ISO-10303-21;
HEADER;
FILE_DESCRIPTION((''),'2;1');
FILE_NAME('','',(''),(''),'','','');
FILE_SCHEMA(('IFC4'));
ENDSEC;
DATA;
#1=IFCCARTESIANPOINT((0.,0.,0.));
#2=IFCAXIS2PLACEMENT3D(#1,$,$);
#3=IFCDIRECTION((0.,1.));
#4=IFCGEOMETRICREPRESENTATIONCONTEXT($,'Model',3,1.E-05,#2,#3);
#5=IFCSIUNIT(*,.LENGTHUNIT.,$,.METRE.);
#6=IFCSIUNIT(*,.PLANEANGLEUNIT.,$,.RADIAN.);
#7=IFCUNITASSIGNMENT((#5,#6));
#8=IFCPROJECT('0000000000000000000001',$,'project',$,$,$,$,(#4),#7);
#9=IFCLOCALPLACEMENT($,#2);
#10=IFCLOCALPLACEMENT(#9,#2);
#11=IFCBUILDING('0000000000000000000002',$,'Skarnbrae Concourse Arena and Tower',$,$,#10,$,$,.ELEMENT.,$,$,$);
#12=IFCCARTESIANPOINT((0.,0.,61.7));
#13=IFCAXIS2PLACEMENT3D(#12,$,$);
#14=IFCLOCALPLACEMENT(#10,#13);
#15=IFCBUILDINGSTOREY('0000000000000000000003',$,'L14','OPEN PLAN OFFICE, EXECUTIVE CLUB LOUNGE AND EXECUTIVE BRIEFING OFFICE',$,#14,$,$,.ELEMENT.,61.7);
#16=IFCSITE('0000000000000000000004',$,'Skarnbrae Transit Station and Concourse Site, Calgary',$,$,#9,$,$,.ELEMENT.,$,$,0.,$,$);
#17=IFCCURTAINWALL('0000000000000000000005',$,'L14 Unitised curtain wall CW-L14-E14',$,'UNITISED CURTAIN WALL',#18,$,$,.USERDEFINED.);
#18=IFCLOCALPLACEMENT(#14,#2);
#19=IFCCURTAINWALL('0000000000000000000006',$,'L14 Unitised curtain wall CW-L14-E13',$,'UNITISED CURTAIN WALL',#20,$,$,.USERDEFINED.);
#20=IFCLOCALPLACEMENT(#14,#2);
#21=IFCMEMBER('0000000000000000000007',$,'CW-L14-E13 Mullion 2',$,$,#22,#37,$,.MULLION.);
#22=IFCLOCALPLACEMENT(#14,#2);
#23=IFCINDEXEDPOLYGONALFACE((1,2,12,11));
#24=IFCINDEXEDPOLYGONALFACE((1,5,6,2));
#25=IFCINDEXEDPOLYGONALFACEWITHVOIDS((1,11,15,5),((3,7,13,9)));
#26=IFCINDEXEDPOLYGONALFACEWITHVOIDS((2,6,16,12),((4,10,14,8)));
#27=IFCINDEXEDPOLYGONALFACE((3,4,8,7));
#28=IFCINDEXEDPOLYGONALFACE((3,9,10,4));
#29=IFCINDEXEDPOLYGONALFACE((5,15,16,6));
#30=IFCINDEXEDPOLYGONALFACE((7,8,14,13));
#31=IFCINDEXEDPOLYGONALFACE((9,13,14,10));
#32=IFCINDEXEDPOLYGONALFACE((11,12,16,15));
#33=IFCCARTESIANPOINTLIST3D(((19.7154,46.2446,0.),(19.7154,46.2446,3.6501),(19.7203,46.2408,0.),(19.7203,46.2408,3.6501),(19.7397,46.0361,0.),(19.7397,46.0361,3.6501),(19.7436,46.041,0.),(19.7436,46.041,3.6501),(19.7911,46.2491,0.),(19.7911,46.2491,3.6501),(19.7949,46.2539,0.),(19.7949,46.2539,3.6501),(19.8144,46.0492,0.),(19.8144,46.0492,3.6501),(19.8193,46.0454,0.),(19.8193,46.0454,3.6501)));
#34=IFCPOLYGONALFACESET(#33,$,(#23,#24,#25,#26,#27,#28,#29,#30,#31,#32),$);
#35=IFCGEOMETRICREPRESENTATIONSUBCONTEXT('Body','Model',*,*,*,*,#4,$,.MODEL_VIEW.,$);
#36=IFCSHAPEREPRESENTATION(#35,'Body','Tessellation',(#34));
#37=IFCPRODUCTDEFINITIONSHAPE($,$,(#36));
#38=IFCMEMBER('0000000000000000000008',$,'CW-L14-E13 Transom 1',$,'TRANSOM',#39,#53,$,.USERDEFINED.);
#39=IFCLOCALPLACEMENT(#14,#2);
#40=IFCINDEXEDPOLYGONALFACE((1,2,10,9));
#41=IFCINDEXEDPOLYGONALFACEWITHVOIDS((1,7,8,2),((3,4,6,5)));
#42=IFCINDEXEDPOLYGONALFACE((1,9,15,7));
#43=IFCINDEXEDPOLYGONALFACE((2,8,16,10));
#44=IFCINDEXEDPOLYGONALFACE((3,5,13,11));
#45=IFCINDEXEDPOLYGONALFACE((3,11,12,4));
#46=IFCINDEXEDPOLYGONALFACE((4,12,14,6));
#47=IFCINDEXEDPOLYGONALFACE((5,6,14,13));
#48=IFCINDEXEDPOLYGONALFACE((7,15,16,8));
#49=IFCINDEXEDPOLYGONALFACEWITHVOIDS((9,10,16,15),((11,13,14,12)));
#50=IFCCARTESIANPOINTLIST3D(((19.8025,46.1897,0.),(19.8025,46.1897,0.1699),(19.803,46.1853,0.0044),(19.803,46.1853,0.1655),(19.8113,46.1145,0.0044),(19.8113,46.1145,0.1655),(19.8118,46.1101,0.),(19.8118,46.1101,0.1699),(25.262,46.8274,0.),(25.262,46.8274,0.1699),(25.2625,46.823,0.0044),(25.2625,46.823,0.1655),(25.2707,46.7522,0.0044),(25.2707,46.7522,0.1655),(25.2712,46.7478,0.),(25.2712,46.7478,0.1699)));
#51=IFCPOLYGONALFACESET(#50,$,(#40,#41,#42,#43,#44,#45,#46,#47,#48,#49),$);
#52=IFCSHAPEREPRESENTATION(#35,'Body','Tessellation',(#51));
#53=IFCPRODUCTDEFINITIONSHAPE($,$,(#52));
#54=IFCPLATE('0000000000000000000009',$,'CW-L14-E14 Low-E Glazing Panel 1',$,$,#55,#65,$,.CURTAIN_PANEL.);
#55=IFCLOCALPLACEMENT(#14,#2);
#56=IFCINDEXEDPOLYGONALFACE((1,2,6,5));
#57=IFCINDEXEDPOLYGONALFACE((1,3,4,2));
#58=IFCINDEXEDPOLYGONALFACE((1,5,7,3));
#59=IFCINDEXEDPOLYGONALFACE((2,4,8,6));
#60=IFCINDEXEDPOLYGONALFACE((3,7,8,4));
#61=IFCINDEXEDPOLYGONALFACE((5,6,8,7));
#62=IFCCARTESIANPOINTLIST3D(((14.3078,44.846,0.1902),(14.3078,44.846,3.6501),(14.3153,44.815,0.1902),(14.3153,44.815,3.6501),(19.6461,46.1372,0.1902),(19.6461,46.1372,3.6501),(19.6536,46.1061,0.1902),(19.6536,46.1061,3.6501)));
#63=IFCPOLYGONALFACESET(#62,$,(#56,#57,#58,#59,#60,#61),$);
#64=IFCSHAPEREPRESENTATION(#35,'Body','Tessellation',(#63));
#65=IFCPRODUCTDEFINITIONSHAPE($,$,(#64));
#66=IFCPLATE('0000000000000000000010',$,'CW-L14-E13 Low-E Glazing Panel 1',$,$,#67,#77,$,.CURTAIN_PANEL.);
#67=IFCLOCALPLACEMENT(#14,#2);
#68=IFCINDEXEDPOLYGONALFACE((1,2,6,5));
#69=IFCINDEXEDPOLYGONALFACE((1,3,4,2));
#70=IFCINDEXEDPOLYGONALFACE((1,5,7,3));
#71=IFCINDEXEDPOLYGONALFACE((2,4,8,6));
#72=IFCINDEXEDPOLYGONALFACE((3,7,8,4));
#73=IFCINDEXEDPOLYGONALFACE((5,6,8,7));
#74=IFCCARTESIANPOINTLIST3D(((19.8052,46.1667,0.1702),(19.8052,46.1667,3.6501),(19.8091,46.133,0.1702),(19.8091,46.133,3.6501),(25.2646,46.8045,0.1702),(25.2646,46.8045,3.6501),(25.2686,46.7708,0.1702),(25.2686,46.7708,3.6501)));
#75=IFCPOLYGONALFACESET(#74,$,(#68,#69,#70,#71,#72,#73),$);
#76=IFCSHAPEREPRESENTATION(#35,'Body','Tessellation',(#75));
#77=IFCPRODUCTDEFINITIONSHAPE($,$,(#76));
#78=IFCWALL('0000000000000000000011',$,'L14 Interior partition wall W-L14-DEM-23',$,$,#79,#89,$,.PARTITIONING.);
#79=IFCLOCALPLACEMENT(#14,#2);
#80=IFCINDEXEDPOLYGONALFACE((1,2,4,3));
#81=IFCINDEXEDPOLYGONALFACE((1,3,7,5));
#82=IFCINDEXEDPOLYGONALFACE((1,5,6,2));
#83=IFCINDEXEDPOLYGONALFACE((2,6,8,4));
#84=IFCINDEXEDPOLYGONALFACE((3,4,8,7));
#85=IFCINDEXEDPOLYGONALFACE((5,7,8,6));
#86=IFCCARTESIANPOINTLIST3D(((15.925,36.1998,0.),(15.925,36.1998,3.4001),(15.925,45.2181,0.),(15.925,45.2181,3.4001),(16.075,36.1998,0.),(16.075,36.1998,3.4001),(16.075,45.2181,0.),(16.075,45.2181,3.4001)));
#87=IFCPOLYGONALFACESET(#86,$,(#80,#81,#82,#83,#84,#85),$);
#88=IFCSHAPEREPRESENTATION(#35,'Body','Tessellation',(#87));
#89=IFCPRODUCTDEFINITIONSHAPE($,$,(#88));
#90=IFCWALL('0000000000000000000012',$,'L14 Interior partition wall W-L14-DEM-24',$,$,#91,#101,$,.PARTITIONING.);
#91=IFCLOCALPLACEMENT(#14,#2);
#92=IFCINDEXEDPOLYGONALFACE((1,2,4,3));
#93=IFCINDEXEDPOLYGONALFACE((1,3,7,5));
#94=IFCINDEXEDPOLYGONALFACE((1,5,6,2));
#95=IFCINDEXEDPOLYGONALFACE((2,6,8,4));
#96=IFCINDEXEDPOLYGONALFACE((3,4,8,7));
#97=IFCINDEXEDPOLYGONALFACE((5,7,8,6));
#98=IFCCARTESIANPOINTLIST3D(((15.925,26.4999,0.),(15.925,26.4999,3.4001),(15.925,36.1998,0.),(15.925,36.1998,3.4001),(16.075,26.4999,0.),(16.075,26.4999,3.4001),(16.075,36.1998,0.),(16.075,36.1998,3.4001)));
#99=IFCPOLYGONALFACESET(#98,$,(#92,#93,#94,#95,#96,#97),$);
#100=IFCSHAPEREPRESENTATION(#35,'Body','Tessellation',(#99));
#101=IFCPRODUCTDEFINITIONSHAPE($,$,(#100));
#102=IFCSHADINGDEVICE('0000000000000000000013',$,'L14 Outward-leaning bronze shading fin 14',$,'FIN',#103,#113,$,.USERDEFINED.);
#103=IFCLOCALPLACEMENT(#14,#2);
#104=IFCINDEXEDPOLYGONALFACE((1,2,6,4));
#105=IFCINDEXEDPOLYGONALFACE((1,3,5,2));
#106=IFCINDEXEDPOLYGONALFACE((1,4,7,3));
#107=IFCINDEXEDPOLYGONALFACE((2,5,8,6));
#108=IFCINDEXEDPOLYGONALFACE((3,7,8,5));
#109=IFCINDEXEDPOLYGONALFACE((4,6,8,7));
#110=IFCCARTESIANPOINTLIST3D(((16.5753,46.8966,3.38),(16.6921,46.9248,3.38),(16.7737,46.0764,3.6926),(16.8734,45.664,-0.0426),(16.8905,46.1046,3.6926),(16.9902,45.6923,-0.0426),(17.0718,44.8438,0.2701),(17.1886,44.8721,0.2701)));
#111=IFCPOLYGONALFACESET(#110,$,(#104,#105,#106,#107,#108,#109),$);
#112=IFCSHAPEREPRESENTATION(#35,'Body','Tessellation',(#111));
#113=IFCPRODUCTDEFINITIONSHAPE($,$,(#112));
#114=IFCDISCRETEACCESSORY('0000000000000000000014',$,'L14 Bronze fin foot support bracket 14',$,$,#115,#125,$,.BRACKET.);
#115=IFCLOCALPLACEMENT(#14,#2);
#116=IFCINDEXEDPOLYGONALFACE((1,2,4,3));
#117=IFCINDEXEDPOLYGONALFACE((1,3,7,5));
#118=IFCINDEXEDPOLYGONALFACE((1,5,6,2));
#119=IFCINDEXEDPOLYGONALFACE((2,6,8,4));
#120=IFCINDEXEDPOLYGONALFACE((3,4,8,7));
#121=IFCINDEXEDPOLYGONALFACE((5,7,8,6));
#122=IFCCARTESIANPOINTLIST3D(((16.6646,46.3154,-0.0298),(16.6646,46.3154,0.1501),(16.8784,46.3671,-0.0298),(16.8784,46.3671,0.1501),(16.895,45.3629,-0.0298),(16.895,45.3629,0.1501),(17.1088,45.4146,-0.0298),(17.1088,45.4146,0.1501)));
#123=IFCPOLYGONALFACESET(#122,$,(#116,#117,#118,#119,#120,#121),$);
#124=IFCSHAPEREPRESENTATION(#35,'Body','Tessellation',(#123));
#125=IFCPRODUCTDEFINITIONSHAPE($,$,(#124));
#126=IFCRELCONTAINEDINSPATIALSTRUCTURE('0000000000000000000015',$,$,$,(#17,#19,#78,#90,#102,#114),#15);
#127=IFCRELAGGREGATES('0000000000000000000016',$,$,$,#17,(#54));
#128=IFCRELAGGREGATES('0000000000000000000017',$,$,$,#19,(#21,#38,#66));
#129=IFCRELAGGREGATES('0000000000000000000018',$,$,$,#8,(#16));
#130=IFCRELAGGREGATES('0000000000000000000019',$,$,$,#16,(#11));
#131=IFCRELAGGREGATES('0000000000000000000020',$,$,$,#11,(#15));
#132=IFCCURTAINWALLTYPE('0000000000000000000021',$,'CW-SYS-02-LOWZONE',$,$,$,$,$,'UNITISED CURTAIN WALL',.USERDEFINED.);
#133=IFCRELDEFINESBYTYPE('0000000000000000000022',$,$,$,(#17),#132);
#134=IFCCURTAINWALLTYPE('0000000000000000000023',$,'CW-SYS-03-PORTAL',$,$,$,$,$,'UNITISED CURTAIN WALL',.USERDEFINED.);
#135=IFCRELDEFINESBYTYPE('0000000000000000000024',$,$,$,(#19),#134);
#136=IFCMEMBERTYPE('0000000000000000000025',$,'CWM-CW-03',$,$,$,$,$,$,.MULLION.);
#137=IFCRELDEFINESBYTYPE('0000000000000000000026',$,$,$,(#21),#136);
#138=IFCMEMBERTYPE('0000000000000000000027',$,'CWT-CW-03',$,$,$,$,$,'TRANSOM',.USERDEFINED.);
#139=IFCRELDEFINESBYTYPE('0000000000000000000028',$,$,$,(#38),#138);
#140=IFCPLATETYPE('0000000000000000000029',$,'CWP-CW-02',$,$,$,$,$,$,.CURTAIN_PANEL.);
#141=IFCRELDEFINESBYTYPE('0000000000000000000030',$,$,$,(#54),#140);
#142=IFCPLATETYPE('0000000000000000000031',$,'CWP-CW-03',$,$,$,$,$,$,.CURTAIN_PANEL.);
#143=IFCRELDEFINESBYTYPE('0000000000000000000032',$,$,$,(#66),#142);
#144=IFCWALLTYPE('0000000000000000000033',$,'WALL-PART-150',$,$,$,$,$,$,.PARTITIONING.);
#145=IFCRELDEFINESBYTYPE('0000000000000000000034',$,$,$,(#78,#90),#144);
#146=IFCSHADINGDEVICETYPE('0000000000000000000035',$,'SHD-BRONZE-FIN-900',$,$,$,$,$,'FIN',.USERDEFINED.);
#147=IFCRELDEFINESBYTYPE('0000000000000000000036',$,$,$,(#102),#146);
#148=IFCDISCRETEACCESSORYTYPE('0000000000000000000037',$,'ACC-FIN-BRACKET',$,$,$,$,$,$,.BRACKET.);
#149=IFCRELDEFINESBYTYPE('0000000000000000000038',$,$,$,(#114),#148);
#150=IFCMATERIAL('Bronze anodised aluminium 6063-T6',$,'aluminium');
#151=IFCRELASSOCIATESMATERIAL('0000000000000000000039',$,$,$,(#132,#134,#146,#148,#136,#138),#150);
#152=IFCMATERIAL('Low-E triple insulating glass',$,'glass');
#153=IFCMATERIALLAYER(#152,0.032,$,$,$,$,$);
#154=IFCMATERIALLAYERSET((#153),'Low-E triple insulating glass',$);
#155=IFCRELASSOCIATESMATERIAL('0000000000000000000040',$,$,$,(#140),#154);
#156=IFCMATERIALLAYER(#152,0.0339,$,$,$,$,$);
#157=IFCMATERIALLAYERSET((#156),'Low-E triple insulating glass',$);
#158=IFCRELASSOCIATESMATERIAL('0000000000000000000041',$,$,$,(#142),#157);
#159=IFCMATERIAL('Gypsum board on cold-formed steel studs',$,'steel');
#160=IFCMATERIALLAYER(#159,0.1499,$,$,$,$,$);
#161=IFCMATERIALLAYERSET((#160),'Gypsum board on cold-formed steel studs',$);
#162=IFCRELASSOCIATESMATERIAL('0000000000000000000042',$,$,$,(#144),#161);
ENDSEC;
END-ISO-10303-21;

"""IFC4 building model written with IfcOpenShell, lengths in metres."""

from ifc_helpers import new_model, si_unit, direction, frame, frame_2d, origin, origin_2d, place, context, subcontext, project, spatial, rectangle, hollow_rectangle, extrude, source, transform, mapped, material, layer, layer_set, material_profile, profile_set, type_object, element, aggregate, save


model = new_model("IFC4")

# Units and contexts
model_context = context("Model", 3, precision=1e-05, world=origin(), true_north=direction((0.0, 1.0)))
body_context = subcontext(model_context, "Body", "Model", "MODEL_VIEW")
ifc_project = project(units=[si_unit("LENGTHUNIT", "METRE"), si_unit("PLANEANGLEUNIT", "RADIAN")], contexts=[model_context])

# Site, building, storey
site_placement = place(None, origin())
site = spatial("IfcSite", under=ifc_project, at=site_placement, Name="Skarnbrae Transit Station and Concourse Site, Calgary", CompositionType="ELEMENT", RefElevation=0.0)
building_placement = place(site_placement, origin())
building = spatial("IfcBuilding", under=site, at=building_placement, Name="Skarnbrae Concourse Arena and Tower", CompositionType="ELEMENT")
storey_placement = place(building_placement, frame((0.0, 0.0, 61.7)))
storey = spatial("IfcBuildingStorey", under=building, at=storey_placement, Name="L14", Description="OPEN PLAN OFFICE, EXECUTIVE CLUB LOUNGE AND EXECUTIVE BRIEFING OFFICE", CompositionType="ELEMENT", Elevation=61.7)

# Curtain wall
ifc_material_1 = material(Name="Bronze anodised aluminium 6063-T6", Category="aluminium")
curtain_wall_type_1 = type_object("IfcCurtainWallType", Name="CW-SYS-02-LOWZONE", ElementType="UNITISED CURTAIN WALL", PredefinedType="USERDEFINED", material=ifc_material_1)
curtain_wall_1_placement = place(storey_placement, origin())
curtain_wall_1 = element("IfcCurtainWall", 1, at=curtain_wall_1_placement, inside=storey, type_object=curtain_wall_type_1, Name="L14 Unitised curtain wall CW-L14-E14", ObjectType="UNITISED CURTAIN WALL", PredefinedType="USERDEFINED")

# Shared definitions
curtain_wall_type_2 = type_object("IfcCurtainWallType", Name="CW-SYS-03-PORTAL", ElementType="UNITISED CURTAIN WALL", PredefinedType="USERDEFINED", material=ifc_material_1)
ifc_material_profile_1 = material_profile(ifc_material_1, hollow_rectangle(XDim=0.0801, YDim=0.21, WallThickness=0.0044, at=origin_2d()), Name="ALU-MULL-80X210")
ifc_profile_set_1 = profile_set([ifc_material_profile_1], Name="Bronze anodised aluminium 6063-T6")
member_type_1 = type_object("IfcMemberType", Name="CWM-CW-03", PredefinedType="MULLION", material=ifc_profile_set_1)
shared_shape_1 = source(origin(), body_context, "Body", "SweptSolid", [
    extrude(hollow_rectangle(XDim=0.0801, YDim=0.21, WallThickness=0.0044, at=origin_2d()), origin(), (0.0, 0.0, 1.0), 3.6501),
])

# Curtain wall, members
curtain_wall_2_placement = place(storey_placement, origin())
curtain_wall_2 = element("IfcCurtainWall", 2, at=curtain_wall_2_placement, inside=storey, type_object=curtain_wall_type_2, Name="L14 Unitised curtain wall CW-L14-E13", ObjectType="UNITISED CURTAIN WALL", PredefinedType="USERDEFINED")
member_1_placement = place(storey_placement, frame((19.7673, 46.145, 0.0), z_axis=(0.0, 0.0, 1.0), x_axis=(-0.993245, -0.11604, 0.0)))
member_1 = element("IfcMember", 3, at=member_1_placement, type_object=member_type_1, Name="CW-L14-E13 Mullion 2", PredefinedType="MULLION", context=body_context, shape_type="MappedRepresentation", body=[
    mapped(shared_shape_1, transform((0.0, 0.0, 0.0))),
])
ifc_material_profile_2 = material_profile(ifc_material_1, hollow_rectangle(XDim=0.0801, YDim=0.1699, WallThickness=0.0044, at=origin_2d()), Name="ALU-TRAN-80X170")
ifc_profile_set_2 = profile_set([ifc_material_profile_2], Name="Bronze anodised aluminium 6063-T6")
member_type_2 = type_object("IfcMemberType", Name="CWT-CW-03", ElementType="TRANSOM", PredefinedType="USERDEFINED", material=ifc_profile_set_2)
shared_shape_2 = source(origin(), body_context, "Body", "SweptSolid", [
    extrude(hollow_rectangle(XDim=0.0801, YDim=0.1699, WallThickness=0.0044, at=origin_2d()), origin(), (0.0, 0.0, 1.0), 5.4966),
])
member_2_placement = place(storey_placement, frame((25.2666, 46.7876, 0.085), z_axis=(-0.993247, -0.116017, 0.0), x_axis=(0.116017, -0.993247, 0.0)))
member_2 = element("IfcMember", 4, at=member_2_placement, type_object=member_type_2, Name="CW-L14-E13 Transom 1", ObjectType="TRANSOM", PredefinedType="USERDEFINED", context=body_context, shape_type="MappedRepresentation", body=[
    mapped(shared_shape_2, transform((0.0, 0.0, 0.0))),
])

# Plates
ifc_material_2 = material(Name="Low-E triple insulating glass", Category="glass")
ifc_layer_1 = layer(ifc_material_2, 0.032)
ifc_layer_set_1 = layer_set([ifc_layer_1], Name="Low-E triple insulating glass")
plate_type_1 = type_object("IfcPlateType", Name="CWP-CW-02", PredefinedType="CURTAIN_PANEL", material=ifc_layer_set_1)
shared_shape_3 = source(origin(), body_context, "Body", "SweptSolid", [
    extrude(rectangle(XDim=5.4922, YDim=0.032, at=origin_2d()), origin(), (0.0, 0.0, 1.0), 3.46),
])
plate_1_placement = place(storey_placement, frame((16.9807, 45.4761, 0.1902), z_axis=(0.0, 0.0, 1.0), x_axis=(-0.971974, -0.23509, 0.0)))
plate_1 = element("IfcPlate", 5, at=plate_1_placement, type_object=plate_type_1, Name="CW-L14-E14 Low-E Glazing Panel 1", PredefinedType="CURTAIN_PANEL", context=body_context, shape_type="MappedRepresentation", body=[
    mapped(shared_shape_3, transform((0.0, 0.0, 0.0))),
])
aggregate(curtain_wall_1, [plate_1])
ifc_layer_2 = layer(ifc_material_2, 0.0339)
ifc_layer_set_2 = layer_set([ifc_layer_2], Name="Low-E triple insulating glass")
plate_type_2 = type_object("IfcPlateType", Name="CWP-CW-03", PredefinedType="CURTAIN_PANEL", material=ifc_layer_set_2)
shared_shape_4 = source(origin(), body_context, "Body", "SweptSolid", [
    extrude(rectangle(XDim=5.4966, YDim=0.0339, at=origin_2d()), origin(), (0.0, 0.0, 1.0), 3.48),
])
plate_2_placement = place(storey_placement, frame((22.5369, 46.4688, 0.1702), z_axis=(0.0, 0.0, 1.0), x_axis=(-0.993245, -0.11604, 0.0)))
plate_2 = element("IfcPlate", 6, at=plate_2_placement, type_object=plate_type_2, Name="CW-L14-E13 Low-E Glazing Panel 1", PredefinedType="CURTAIN_PANEL", context=body_context, shape_type="MappedRepresentation", body=[
    mapped(shared_shape_4, transform((0.0, 0.0, 0.0))),
])
aggregate(curtain_wall_2, [member_1, member_2, plate_2])

# Walls
ifc_material_3 = material(Name="Gypsum board on cold-formed steel studs", Category="steel")
ifc_layer_3 = layer(ifc_material_3, 0.1499)
ifc_layer_set_3 = layer_set([ifc_layer_3], Name="Gypsum board on cold-formed steel studs")
wall_type = type_object("IfcWallType", Name="WALL-PART-150", PredefinedType="PARTITIONING", material=ifc_layer_set_3)
shared_shape_5 = source(origin(), body_context, "Body", "SweptSolid", [
    extrude(rectangle(XDim=9.0183, YDim=0.1499, at=frame_2d((4.5093, 0.0))), origin(), (0.0, 0.0, 1.0), 3.4001),
])
wall_1_placement = place(storey_placement, frame((16.0, 45.2183, 0.0), z_axis=(0.0, 0.0, 1.0), x_axis=(0.0, -1.0, 0.0)))
element("IfcWall", 7, at=wall_1_placement, inside=storey, type_object=wall_type, Name="L14 Interior partition wall W-L14-DEM-23", PredefinedType="PARTITIONING", context=body_context, shape_type="MappedRepresentation", body=[
    mapped(shared_shape_5, transform((0.0, 0.0, 0.0))),
])
shared_shape_6 = source(origin(), body_context, "Body", "SweptSolid", [
    extrude(rectangle(XDim=9.7, YDim=0.1499, at=frame_2d((4.8501, 0.0))), origin(), (0.0, 0.0, 1.0), 3.4001),
])
wall_2_placement = place(storey_placement, frame((16.0, 36.2, 0.0), z_axis=(0.0, 0.0, 1.0), x_axis=(0.0, -1.0, 0.0)))
element("IfcWall", 8, at=wall_2_placement, inside=storey, type_object=wall_type, Name="L14 Interior partition wall W-L14-DEM-24", PredefinedType="PARTITIONING", context=body_context, shape_type="MappedRepresentation", body=[
    mapped(shared_shape_6, transform((0.0, 0.0, 0.0))),
])

# Shading device
shading_device_type = type_object("IfcShadingDeviceType", Name="SHD-BRONZE-FIN-900", ElementType="FIN", PredefinedType="USERDEFINED", material=ifc_material_1)
shared_shape_7 = source(origin(), body_context, "Body", "SweptSolid", [
    extrude(rectangle(XDim=0.1201, YDim=0.8999, at=origin_2d()), origin(), (0.0, 0.0, 1.0), 3.6499),
])
shading_device_placement = place(storey_placement, frame((17.031, 45.2681, 0.1138), z_axis=(-0.081677, 0.337689, 0.937707), x_axis=(0.971973, 0.235091, 0.0)))
element("IfcShadingDevice", 9, at=shading_device_placement, inside=storey, type_object=shading_device_type, Name="L14 Outward-leaning bronze shading fin 14", ObjectType="FIN", PredefinedType="USERDEFINED", context=body_context, shape_type="MappedRepresentation", body=[
    mapped(shared_shape_7, transform((0.0, 0.0, 0.0))),
])

# Discrete accessory
discrete_accessory_type = type_object("IfcDiscreteAccessoryType", Name="ACC-FIN-BRACKET", PredefinedType="BRACKET", material=ifc_material_1)
shared_shape_8 = source(origin(), body_context, "Body", "SweptSolid", [
    extrude(rectangle(XDim=0.22, YDim=0.98, at=origin_2d()), origin(), (0.0, 0.0, 1.0), 0.1799),
])
discrete_accessory_placement = place(storey_placement, frame((16.8867, 45.865, -0.0298), z_axis=(0.0, 0.0, 1.0), x_axis=(0.971973, 0.235091, 0.0)))
element("IfcDiscreteAccessory", 10, at=discrete_accessory_placement, inside=storey, type_object=discrete_accessory_type, Name="L14 Bronze fin foot support bracket 14", PredefinedType="BRACKET", context=body_context, shape_type="MappedRepresentation", body=[
    mapped(shared_shape_8, transform((0.0, 0.0, 0.0))),
])

save(model, "model.ifc")
